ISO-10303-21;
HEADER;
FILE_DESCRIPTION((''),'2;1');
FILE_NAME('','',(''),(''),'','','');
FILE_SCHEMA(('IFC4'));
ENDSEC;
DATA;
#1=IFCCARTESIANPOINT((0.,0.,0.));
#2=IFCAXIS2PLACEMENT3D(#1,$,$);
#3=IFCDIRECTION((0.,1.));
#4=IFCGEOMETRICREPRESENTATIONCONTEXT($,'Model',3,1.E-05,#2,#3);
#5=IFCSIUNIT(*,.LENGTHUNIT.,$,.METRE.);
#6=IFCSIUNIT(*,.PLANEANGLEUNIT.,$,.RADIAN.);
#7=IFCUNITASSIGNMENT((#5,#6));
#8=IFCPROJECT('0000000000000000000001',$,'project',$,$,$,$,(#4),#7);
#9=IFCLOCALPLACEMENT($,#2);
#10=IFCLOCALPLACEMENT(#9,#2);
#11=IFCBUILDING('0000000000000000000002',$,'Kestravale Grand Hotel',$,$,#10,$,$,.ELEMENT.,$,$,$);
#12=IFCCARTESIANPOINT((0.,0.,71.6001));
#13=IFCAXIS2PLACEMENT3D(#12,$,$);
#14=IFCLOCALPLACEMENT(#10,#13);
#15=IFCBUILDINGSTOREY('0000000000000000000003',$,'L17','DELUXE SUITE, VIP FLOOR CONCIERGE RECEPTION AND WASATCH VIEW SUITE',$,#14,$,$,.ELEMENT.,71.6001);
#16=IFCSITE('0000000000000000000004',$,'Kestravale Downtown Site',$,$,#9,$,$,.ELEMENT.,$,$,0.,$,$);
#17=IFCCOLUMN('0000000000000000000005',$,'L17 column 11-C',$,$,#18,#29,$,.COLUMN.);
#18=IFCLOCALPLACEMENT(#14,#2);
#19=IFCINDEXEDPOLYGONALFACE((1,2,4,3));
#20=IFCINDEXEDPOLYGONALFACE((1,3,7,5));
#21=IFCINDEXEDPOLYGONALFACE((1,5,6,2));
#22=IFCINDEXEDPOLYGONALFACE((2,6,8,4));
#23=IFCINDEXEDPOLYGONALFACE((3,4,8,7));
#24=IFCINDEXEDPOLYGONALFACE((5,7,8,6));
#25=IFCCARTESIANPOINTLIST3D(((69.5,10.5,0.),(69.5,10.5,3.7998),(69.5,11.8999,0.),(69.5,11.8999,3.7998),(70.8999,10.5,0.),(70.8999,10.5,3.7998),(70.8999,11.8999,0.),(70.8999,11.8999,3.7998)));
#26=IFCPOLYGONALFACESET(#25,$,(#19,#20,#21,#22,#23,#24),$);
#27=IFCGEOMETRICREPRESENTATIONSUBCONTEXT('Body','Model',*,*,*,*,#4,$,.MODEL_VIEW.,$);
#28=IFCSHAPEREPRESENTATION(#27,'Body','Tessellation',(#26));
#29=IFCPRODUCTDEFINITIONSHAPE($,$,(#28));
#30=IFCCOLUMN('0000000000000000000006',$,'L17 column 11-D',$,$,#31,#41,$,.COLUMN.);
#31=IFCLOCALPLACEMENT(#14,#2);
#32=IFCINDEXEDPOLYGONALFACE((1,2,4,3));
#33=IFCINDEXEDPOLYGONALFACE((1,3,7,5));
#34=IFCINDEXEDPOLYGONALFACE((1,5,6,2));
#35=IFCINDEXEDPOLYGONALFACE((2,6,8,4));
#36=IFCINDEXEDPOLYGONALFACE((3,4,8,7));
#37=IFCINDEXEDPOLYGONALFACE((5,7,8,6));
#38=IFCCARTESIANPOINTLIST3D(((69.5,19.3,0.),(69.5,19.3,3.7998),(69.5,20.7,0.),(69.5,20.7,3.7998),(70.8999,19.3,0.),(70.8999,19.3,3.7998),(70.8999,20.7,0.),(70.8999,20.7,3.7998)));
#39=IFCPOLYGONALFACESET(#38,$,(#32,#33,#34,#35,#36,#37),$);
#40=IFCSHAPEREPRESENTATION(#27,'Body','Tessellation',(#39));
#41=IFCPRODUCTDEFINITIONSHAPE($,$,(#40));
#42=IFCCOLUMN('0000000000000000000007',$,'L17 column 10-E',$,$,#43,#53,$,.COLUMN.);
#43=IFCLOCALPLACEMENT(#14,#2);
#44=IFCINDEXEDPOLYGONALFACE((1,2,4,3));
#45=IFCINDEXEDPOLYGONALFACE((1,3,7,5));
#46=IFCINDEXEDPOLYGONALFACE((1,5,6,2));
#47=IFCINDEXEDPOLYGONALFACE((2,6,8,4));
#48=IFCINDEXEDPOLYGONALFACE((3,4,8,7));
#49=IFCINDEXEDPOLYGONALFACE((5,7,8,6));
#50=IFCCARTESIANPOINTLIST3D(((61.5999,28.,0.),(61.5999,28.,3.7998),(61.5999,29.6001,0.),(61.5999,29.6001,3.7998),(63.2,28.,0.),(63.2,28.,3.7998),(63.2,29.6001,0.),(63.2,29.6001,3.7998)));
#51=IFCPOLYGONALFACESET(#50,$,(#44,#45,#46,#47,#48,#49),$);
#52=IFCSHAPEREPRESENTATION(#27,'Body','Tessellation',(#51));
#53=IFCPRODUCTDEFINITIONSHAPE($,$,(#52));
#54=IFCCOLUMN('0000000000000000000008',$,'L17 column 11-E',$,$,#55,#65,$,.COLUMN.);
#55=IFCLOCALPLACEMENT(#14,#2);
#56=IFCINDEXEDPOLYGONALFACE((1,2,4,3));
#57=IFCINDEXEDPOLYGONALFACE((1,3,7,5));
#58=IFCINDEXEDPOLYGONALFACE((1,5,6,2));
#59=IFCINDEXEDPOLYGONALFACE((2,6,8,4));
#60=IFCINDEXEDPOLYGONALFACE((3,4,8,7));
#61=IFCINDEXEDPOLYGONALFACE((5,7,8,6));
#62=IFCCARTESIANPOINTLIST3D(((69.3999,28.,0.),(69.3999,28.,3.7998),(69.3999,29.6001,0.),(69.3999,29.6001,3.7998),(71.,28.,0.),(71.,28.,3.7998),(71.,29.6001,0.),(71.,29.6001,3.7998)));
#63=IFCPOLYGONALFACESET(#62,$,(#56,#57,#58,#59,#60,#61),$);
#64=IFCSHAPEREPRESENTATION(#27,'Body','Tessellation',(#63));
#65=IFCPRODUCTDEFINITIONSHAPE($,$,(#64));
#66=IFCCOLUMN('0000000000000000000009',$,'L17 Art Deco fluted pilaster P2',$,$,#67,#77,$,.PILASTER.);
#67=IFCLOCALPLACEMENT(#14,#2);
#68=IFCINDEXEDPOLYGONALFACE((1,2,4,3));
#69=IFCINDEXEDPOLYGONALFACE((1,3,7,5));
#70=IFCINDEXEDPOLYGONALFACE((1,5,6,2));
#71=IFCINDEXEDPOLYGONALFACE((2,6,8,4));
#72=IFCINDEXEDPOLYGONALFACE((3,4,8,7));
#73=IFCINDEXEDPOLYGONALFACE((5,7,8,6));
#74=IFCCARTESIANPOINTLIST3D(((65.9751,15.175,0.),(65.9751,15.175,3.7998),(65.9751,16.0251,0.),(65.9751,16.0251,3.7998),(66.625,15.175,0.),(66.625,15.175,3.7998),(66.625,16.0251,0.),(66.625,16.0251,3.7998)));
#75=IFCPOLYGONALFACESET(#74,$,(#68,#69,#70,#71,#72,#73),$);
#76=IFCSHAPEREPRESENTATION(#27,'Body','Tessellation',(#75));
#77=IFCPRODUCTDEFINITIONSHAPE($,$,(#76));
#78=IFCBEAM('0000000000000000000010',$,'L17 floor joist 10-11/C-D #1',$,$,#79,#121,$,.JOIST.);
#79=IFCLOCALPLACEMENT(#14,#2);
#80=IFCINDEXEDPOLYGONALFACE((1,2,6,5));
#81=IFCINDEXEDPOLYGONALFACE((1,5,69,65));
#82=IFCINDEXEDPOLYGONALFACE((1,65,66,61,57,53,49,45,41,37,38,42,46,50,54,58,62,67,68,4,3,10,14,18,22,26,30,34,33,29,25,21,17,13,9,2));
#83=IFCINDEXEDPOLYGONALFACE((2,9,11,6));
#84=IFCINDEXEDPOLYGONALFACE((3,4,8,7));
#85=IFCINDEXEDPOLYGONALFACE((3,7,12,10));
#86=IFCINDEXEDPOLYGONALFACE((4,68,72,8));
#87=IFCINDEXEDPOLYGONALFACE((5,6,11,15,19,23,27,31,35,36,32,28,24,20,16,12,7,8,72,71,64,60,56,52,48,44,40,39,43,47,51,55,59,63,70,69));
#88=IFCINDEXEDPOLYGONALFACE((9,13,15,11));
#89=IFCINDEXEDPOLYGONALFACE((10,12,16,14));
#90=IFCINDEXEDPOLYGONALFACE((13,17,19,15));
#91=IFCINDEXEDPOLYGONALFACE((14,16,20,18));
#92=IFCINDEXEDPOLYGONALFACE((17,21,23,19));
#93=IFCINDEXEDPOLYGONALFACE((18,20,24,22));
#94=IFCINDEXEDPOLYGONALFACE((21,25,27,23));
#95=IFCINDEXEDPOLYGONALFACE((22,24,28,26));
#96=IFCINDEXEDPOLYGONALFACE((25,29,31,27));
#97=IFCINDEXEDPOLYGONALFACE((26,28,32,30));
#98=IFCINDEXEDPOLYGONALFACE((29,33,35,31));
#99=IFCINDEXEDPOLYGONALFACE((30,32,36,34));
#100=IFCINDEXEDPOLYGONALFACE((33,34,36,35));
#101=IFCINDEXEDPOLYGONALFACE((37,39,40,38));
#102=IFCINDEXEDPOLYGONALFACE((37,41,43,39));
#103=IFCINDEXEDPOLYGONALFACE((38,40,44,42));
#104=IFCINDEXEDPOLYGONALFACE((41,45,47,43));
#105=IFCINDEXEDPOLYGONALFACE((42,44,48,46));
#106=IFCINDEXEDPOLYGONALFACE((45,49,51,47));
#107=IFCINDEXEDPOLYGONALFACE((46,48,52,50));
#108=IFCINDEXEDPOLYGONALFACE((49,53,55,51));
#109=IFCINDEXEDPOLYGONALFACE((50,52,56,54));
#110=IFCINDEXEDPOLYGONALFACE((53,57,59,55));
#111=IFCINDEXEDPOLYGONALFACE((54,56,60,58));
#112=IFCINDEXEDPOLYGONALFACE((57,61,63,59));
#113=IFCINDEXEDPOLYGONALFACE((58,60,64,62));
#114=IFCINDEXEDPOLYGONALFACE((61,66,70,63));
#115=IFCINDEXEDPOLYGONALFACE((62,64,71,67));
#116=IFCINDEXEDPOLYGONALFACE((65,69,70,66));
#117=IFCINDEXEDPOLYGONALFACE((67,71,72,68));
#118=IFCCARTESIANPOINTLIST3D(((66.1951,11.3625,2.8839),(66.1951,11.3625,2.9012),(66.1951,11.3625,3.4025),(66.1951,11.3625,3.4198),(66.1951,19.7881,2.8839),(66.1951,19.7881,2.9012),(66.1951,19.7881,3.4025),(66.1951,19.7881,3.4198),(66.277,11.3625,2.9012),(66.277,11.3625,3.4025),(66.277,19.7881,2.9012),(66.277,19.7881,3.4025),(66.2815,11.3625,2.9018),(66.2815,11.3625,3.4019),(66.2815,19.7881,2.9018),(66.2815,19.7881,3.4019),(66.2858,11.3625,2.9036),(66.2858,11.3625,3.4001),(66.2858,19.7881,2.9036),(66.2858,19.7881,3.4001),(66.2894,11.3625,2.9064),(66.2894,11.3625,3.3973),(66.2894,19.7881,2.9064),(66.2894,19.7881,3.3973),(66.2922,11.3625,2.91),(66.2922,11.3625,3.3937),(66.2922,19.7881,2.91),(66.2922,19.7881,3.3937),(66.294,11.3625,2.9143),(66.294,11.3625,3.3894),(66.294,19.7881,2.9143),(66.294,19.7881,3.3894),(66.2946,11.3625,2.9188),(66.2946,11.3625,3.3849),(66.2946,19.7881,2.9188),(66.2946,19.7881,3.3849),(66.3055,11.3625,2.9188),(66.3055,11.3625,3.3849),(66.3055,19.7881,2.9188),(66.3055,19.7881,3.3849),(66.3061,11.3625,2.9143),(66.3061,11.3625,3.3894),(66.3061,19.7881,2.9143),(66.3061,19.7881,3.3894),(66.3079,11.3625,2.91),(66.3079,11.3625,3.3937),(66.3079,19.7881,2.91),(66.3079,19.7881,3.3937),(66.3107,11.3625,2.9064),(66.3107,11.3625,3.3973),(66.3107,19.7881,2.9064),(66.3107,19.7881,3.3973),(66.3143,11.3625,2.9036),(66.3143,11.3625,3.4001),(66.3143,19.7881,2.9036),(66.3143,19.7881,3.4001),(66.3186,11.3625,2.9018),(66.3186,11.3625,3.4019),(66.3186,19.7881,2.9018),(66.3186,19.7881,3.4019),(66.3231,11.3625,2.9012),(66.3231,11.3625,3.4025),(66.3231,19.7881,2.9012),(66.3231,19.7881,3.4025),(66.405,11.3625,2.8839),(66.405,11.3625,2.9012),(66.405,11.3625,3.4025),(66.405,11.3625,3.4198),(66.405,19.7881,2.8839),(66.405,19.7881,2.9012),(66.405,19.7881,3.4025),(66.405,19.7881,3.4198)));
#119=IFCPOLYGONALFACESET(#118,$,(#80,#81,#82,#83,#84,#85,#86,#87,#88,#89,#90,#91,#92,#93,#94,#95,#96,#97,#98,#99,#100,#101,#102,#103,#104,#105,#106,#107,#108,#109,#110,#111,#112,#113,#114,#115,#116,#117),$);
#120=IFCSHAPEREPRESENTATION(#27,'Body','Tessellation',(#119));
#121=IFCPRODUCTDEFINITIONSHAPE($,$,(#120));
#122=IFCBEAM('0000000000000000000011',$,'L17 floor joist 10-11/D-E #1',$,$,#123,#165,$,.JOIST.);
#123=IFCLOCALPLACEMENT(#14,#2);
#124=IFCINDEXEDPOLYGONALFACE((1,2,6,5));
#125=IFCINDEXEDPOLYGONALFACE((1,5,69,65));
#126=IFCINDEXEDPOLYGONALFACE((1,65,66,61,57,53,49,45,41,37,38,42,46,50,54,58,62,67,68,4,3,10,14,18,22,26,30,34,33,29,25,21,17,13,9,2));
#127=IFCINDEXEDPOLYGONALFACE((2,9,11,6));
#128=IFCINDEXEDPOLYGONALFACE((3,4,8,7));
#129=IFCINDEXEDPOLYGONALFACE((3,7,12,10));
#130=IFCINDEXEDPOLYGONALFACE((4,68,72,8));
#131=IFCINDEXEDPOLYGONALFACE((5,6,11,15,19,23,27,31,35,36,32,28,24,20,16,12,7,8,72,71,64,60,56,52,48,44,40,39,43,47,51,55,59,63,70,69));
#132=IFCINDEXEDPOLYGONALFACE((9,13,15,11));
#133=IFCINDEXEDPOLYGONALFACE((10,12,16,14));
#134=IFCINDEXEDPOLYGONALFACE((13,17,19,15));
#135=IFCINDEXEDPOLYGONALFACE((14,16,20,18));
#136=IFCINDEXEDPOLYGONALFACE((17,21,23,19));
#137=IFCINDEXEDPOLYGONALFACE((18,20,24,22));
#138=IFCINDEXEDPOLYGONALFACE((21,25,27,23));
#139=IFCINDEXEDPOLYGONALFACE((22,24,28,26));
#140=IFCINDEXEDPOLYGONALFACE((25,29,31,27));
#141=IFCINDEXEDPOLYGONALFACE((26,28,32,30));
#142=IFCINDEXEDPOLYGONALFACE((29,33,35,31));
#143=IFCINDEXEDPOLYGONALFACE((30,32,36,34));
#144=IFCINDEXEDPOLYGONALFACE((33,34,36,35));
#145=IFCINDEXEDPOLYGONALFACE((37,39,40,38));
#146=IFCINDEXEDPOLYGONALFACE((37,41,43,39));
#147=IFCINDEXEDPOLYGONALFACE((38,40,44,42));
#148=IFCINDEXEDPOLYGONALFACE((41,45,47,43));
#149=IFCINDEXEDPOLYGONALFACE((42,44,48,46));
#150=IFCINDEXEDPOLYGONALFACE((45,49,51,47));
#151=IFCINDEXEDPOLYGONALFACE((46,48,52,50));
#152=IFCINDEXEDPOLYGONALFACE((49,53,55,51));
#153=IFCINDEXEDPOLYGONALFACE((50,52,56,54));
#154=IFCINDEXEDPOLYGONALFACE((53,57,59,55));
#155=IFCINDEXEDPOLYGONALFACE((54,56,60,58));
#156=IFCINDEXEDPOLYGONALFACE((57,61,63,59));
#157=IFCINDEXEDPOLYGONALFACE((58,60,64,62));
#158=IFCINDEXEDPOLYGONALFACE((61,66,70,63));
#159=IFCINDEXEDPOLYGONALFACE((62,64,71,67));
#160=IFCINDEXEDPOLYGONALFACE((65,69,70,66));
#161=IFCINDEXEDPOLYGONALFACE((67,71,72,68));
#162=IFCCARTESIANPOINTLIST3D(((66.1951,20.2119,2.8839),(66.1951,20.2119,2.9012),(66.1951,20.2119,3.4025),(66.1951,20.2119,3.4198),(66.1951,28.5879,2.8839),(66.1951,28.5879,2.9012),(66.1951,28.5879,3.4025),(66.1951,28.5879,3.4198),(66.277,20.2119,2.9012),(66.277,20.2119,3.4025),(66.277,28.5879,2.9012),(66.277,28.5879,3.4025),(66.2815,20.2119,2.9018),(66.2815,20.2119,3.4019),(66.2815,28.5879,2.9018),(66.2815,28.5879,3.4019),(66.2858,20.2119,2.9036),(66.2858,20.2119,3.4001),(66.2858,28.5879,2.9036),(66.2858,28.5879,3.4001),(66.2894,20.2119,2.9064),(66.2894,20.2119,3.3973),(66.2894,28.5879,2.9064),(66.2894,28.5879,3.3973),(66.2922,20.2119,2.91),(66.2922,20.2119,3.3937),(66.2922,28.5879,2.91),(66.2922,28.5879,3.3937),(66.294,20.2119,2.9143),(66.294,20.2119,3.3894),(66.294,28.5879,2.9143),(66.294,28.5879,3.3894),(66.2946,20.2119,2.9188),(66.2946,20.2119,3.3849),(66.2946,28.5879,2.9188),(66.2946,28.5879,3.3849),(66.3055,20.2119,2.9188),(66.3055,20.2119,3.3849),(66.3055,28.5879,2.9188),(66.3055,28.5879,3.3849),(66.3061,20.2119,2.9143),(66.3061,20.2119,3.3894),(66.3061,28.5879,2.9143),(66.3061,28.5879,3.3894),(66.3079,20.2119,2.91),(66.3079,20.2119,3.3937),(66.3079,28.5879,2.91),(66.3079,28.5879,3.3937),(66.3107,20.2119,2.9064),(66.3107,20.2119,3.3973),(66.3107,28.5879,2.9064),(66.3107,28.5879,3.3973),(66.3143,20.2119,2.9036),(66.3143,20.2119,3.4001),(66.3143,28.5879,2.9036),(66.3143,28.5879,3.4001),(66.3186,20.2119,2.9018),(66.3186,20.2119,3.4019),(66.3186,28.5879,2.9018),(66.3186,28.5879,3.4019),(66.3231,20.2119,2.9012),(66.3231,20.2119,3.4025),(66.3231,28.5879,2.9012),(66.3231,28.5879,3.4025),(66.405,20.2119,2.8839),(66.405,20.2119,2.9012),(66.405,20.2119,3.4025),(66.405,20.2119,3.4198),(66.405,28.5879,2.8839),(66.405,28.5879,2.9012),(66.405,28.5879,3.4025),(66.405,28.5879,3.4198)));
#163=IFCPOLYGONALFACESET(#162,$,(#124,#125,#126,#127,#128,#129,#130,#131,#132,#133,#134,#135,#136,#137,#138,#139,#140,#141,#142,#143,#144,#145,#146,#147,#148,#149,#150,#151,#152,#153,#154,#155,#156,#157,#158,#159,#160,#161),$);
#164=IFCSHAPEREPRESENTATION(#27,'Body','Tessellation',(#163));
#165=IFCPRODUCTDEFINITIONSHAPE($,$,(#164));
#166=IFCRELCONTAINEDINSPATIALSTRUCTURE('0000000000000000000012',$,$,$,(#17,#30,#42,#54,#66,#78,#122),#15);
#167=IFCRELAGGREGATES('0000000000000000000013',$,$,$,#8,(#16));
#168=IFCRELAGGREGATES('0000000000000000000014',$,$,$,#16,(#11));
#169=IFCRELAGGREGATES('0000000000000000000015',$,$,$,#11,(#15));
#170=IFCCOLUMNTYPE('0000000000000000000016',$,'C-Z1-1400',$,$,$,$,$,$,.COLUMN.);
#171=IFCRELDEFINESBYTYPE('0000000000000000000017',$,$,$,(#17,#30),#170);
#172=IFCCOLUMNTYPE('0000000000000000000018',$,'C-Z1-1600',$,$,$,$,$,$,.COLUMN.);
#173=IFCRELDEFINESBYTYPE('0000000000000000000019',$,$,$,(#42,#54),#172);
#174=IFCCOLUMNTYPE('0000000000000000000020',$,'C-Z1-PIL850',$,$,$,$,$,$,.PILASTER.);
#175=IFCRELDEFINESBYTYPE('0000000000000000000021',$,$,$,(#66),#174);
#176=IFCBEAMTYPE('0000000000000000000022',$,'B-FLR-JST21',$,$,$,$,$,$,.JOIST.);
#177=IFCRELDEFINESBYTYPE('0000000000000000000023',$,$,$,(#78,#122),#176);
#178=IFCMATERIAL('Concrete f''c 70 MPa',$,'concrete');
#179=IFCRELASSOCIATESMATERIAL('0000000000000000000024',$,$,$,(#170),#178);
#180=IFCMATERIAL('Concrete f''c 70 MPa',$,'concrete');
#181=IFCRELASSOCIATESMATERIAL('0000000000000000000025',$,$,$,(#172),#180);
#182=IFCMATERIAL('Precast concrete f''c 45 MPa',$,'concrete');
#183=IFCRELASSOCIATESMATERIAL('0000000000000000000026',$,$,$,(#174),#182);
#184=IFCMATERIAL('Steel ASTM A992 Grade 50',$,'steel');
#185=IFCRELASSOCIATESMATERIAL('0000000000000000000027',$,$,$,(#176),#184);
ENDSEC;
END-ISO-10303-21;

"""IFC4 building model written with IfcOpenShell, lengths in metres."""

from ifc_helpers import new_model, si_unit, direction, frame, origin, origin_2d, place, context, subcontext, project, spatial, rectangle, i_section, extrude, material, material_profile, profile_set, type_object, element, save


model = new_model("IFC4")

# Units and contexts
model_context = context("Model", 3, precision=1e-05, world=origin(), true_north=direction((0.0, 1.0)))
body_context = subcontext(model_context, "Body", "Model", "MODEL_VIEW")
ifc_project = project(units=[si_unit("LENGTHUNIT", "METRE"), si_unit("PLANEANGLEUNIT", "RADIAN")], contexts=[model_context])

# Site, building, storey
site_placement = place(None, origin())
site = spatial("IfcSite", under=ifc_project, at=site_placement, Name="Kestravale Downtown Site", CompositionType="ELEMENT", RefElevation=0.0)
building_placement = place(site_placement, origin())
building = spatial("IfcBuilding", under=site, at=building_placement, Name="Kestravale Grand Hotel", CompositionType="ELEMENT")
storey_placement = place(building_placement, frame((0.0, 0.0, 71.6001)))
storey = spatial("IfcBuildingStorey", under=building, at=storey_placement, Name="L17", Description="DELUXE SUITE, VIP FLOOR CONCIERGE RECEPTION AND WASATCH VIEW SUITE", CompositionType="ELEMENT", Elevation=71.6001)

# Columns
ifc_material_1 = material(Name="Concrete f'c 70 MPa", Category="concrete")
ifc_material_profile_1 = material_profile(ifc_material_1, rectangle(XDim=1.3999, YDim=1.3999, at=origin_2d()))
ifc_profile_set_1 = profile_set([ifc_material_profile_1], Name="Concrete f'c 70 MPa")
column_type_1 = type_object("IfcColumnType", Name="C-Z1-1400", PredefinedType="COLUMN", material=ifc_profile_set_1)
for number, where, z_axis, x_axis, name in (
    (1, (70.2, 11.2, 0.0), (0.0, 0.0, 1.0), (1.0, 0.0, 0.0), "L17 column 11-C"),
    (2, (70.2, 20.0, 0.0), (0.0, 0.0, 1.0), (1.0, 0.0, 0.0), "L17 column 11-D"),
):
    element("IfcColumn", number, at=place(storey_placement, frame(where, z_axis=z_axis, x_axis=x_axis)), inside=storey, type_object=column_type_1, Name=name, PredefinedType="COLUMN", context=body_context, shape_type="SweptSolid", body=[
        extrude(rectangle(XDim=1.3999, YDim=1.3999, at=origin_2d()), origin(), (0.0, 0.0, 1.0), 3.7998),
    ])
ifc_material_2 = material(Name="Concrete f'c 70 MPa", Category="concrete")
ifc_material_profile_2 = material_profile(ifc_material_2, rectangle(XDim=1.6001, YDim=1.6001, at=origin_2d()))
ifc_profile_set_2 = profile_set([ifc_material_profile_2], Name="Concrete f'c 70 MPa")
column_type_2 = type_object("IfcColumnType", Name="C-Z1-1600", PredefinedType="COLUMN", material=ifc_profile_set_2)
for number, where, z_axis, x_axis, name in (
    (3, (62.3999, 28.8, 0.0), (0.0, 0.0, 1.0), (1.0, 0.0, 0.0), "L17 column 10-E"),
    (4, (70.2, 28.8, 0.0), (0.0, 0.0, 1.0), (1.0, 0.0, 0.0), "L17 column 11-E"),
):
    element("IfcColumn", number, at=place(storey_placement, frame(where, z_axis=z_axis, x_axis=x_axis)), inside=storey, type_object=column_type_2, Name=name, PredefinedType="COLUMN", context=body_context, shape_type="SweptSolid", body=[
        extrude(rectangle(XDim=1.6001, YDim=1.6001, at=origin_2d()), origin(), (0.0, 0.0, 1.0), 3.7998),
    ])
ifc_material_3 = material(Name="Precast concrete f'c 45 MPa", Category="concrete")
ifc_material_profile_3 = material_profile(ifc_material_3, rectangle(XDim=0.6499, YDim=0.8501, at=origin_2d()))
ifc_profile_set_3 = profile_set([ifc_material_profile_3], Name="Precast concrete f'c 45 MPa")
column_type_3 = type_object("IfcColumnType", Name="C-Z1-PIL850", PredefinedType="PILASTER", material=ifc_profile_set_3)
column_placement = place(storey_placement, frame((66.3, 15.6001, 0.0), z_axis=(0.0, 0.0, 1.0), x_axis=(1.0, 0.0, 0.0)))
element("IfcColumn", 5, at=column_placement, inside=storey, type_object=column_type_3, Name="L17 Art Deco fluted pilaster P2", PredefinedType="PILASTER", context=body_context, shape_type="SweptSolid", body=[
    extrude(rectangle(XDim=0.6499, YDim=0.8501, at=origin_2d()), origin(), (0.0, 0.0, 1.0), 3.7998),
])

# Beams
ifc_material_4 = material(Name="Steel ASTM A992 Grade 50", Category="steel")
ifc_material_profile_4 = material_profile(ifc_material_4, i_section(OverallWidth=0.21, OverallDepth=0.5359, WebThickness=0.011, FlangeThickness=0.0173, FilletRadius=0.0176, at=origin_2d()))
ifc_profile_set_4 = profile_set([ifc_material_profile_4], Name="Steel ASTM A992 Grade 50")
beam_type_1 = type_object("IfcBeamType", Name="B-FLR-JST21", PredefinedType="JOIST", material=ifc_profile_set_4)
beam_1_placement = place(storey_placement, frame((66.3, 11.3625, 3.1519), z_axis=(0.0, 1.0, 0.0), x_axis=(-1.0, 0.0, 0.0)))
element("IfcBeam", 6, at=beam_1_placement, inside=storey, type_object=beam_type_1, Name="L17 floor joist 10-11/C-D #1", PredefinedType="JOIST", context=body_context, shape_type="SweptSolid", body=[
    extrude(i_section(OverallWidth=0.21, OverallDepth=0.5359, WebThickness=0.011, FlangeThickness=0.0173, FilletRadius=0.0176, at=origin_2d()), origin(), (0.0, 0.0, 1.0), 8.4255),
])
beam_2_placement = place(storey_placement, frame((66.3, 20.2119, 3.1519), z_axis=(0.0, 1.0, 0.0), x_axis=(-1.0, 0.0, 0.0)))
element("IfcBeam", 7, at=beam_2_placement, inside=storey, type_object=beam_type_1, Name="L17 floor joist 10-11/D-E #1", PredefinedType="JOIST", context=body_context, shape_type="SweptSolid", body=[
    extrude(i_section(OverallWidth=0.21, OverallDepth=0.5359, WebThickness=0.011, FlangeThickness=0.0173, FilletRadius=0.0176, at=origin_2d()), origin(), (0.0, 0.0, 1.0), 8.376),
])

save(model, "model.ifc")
